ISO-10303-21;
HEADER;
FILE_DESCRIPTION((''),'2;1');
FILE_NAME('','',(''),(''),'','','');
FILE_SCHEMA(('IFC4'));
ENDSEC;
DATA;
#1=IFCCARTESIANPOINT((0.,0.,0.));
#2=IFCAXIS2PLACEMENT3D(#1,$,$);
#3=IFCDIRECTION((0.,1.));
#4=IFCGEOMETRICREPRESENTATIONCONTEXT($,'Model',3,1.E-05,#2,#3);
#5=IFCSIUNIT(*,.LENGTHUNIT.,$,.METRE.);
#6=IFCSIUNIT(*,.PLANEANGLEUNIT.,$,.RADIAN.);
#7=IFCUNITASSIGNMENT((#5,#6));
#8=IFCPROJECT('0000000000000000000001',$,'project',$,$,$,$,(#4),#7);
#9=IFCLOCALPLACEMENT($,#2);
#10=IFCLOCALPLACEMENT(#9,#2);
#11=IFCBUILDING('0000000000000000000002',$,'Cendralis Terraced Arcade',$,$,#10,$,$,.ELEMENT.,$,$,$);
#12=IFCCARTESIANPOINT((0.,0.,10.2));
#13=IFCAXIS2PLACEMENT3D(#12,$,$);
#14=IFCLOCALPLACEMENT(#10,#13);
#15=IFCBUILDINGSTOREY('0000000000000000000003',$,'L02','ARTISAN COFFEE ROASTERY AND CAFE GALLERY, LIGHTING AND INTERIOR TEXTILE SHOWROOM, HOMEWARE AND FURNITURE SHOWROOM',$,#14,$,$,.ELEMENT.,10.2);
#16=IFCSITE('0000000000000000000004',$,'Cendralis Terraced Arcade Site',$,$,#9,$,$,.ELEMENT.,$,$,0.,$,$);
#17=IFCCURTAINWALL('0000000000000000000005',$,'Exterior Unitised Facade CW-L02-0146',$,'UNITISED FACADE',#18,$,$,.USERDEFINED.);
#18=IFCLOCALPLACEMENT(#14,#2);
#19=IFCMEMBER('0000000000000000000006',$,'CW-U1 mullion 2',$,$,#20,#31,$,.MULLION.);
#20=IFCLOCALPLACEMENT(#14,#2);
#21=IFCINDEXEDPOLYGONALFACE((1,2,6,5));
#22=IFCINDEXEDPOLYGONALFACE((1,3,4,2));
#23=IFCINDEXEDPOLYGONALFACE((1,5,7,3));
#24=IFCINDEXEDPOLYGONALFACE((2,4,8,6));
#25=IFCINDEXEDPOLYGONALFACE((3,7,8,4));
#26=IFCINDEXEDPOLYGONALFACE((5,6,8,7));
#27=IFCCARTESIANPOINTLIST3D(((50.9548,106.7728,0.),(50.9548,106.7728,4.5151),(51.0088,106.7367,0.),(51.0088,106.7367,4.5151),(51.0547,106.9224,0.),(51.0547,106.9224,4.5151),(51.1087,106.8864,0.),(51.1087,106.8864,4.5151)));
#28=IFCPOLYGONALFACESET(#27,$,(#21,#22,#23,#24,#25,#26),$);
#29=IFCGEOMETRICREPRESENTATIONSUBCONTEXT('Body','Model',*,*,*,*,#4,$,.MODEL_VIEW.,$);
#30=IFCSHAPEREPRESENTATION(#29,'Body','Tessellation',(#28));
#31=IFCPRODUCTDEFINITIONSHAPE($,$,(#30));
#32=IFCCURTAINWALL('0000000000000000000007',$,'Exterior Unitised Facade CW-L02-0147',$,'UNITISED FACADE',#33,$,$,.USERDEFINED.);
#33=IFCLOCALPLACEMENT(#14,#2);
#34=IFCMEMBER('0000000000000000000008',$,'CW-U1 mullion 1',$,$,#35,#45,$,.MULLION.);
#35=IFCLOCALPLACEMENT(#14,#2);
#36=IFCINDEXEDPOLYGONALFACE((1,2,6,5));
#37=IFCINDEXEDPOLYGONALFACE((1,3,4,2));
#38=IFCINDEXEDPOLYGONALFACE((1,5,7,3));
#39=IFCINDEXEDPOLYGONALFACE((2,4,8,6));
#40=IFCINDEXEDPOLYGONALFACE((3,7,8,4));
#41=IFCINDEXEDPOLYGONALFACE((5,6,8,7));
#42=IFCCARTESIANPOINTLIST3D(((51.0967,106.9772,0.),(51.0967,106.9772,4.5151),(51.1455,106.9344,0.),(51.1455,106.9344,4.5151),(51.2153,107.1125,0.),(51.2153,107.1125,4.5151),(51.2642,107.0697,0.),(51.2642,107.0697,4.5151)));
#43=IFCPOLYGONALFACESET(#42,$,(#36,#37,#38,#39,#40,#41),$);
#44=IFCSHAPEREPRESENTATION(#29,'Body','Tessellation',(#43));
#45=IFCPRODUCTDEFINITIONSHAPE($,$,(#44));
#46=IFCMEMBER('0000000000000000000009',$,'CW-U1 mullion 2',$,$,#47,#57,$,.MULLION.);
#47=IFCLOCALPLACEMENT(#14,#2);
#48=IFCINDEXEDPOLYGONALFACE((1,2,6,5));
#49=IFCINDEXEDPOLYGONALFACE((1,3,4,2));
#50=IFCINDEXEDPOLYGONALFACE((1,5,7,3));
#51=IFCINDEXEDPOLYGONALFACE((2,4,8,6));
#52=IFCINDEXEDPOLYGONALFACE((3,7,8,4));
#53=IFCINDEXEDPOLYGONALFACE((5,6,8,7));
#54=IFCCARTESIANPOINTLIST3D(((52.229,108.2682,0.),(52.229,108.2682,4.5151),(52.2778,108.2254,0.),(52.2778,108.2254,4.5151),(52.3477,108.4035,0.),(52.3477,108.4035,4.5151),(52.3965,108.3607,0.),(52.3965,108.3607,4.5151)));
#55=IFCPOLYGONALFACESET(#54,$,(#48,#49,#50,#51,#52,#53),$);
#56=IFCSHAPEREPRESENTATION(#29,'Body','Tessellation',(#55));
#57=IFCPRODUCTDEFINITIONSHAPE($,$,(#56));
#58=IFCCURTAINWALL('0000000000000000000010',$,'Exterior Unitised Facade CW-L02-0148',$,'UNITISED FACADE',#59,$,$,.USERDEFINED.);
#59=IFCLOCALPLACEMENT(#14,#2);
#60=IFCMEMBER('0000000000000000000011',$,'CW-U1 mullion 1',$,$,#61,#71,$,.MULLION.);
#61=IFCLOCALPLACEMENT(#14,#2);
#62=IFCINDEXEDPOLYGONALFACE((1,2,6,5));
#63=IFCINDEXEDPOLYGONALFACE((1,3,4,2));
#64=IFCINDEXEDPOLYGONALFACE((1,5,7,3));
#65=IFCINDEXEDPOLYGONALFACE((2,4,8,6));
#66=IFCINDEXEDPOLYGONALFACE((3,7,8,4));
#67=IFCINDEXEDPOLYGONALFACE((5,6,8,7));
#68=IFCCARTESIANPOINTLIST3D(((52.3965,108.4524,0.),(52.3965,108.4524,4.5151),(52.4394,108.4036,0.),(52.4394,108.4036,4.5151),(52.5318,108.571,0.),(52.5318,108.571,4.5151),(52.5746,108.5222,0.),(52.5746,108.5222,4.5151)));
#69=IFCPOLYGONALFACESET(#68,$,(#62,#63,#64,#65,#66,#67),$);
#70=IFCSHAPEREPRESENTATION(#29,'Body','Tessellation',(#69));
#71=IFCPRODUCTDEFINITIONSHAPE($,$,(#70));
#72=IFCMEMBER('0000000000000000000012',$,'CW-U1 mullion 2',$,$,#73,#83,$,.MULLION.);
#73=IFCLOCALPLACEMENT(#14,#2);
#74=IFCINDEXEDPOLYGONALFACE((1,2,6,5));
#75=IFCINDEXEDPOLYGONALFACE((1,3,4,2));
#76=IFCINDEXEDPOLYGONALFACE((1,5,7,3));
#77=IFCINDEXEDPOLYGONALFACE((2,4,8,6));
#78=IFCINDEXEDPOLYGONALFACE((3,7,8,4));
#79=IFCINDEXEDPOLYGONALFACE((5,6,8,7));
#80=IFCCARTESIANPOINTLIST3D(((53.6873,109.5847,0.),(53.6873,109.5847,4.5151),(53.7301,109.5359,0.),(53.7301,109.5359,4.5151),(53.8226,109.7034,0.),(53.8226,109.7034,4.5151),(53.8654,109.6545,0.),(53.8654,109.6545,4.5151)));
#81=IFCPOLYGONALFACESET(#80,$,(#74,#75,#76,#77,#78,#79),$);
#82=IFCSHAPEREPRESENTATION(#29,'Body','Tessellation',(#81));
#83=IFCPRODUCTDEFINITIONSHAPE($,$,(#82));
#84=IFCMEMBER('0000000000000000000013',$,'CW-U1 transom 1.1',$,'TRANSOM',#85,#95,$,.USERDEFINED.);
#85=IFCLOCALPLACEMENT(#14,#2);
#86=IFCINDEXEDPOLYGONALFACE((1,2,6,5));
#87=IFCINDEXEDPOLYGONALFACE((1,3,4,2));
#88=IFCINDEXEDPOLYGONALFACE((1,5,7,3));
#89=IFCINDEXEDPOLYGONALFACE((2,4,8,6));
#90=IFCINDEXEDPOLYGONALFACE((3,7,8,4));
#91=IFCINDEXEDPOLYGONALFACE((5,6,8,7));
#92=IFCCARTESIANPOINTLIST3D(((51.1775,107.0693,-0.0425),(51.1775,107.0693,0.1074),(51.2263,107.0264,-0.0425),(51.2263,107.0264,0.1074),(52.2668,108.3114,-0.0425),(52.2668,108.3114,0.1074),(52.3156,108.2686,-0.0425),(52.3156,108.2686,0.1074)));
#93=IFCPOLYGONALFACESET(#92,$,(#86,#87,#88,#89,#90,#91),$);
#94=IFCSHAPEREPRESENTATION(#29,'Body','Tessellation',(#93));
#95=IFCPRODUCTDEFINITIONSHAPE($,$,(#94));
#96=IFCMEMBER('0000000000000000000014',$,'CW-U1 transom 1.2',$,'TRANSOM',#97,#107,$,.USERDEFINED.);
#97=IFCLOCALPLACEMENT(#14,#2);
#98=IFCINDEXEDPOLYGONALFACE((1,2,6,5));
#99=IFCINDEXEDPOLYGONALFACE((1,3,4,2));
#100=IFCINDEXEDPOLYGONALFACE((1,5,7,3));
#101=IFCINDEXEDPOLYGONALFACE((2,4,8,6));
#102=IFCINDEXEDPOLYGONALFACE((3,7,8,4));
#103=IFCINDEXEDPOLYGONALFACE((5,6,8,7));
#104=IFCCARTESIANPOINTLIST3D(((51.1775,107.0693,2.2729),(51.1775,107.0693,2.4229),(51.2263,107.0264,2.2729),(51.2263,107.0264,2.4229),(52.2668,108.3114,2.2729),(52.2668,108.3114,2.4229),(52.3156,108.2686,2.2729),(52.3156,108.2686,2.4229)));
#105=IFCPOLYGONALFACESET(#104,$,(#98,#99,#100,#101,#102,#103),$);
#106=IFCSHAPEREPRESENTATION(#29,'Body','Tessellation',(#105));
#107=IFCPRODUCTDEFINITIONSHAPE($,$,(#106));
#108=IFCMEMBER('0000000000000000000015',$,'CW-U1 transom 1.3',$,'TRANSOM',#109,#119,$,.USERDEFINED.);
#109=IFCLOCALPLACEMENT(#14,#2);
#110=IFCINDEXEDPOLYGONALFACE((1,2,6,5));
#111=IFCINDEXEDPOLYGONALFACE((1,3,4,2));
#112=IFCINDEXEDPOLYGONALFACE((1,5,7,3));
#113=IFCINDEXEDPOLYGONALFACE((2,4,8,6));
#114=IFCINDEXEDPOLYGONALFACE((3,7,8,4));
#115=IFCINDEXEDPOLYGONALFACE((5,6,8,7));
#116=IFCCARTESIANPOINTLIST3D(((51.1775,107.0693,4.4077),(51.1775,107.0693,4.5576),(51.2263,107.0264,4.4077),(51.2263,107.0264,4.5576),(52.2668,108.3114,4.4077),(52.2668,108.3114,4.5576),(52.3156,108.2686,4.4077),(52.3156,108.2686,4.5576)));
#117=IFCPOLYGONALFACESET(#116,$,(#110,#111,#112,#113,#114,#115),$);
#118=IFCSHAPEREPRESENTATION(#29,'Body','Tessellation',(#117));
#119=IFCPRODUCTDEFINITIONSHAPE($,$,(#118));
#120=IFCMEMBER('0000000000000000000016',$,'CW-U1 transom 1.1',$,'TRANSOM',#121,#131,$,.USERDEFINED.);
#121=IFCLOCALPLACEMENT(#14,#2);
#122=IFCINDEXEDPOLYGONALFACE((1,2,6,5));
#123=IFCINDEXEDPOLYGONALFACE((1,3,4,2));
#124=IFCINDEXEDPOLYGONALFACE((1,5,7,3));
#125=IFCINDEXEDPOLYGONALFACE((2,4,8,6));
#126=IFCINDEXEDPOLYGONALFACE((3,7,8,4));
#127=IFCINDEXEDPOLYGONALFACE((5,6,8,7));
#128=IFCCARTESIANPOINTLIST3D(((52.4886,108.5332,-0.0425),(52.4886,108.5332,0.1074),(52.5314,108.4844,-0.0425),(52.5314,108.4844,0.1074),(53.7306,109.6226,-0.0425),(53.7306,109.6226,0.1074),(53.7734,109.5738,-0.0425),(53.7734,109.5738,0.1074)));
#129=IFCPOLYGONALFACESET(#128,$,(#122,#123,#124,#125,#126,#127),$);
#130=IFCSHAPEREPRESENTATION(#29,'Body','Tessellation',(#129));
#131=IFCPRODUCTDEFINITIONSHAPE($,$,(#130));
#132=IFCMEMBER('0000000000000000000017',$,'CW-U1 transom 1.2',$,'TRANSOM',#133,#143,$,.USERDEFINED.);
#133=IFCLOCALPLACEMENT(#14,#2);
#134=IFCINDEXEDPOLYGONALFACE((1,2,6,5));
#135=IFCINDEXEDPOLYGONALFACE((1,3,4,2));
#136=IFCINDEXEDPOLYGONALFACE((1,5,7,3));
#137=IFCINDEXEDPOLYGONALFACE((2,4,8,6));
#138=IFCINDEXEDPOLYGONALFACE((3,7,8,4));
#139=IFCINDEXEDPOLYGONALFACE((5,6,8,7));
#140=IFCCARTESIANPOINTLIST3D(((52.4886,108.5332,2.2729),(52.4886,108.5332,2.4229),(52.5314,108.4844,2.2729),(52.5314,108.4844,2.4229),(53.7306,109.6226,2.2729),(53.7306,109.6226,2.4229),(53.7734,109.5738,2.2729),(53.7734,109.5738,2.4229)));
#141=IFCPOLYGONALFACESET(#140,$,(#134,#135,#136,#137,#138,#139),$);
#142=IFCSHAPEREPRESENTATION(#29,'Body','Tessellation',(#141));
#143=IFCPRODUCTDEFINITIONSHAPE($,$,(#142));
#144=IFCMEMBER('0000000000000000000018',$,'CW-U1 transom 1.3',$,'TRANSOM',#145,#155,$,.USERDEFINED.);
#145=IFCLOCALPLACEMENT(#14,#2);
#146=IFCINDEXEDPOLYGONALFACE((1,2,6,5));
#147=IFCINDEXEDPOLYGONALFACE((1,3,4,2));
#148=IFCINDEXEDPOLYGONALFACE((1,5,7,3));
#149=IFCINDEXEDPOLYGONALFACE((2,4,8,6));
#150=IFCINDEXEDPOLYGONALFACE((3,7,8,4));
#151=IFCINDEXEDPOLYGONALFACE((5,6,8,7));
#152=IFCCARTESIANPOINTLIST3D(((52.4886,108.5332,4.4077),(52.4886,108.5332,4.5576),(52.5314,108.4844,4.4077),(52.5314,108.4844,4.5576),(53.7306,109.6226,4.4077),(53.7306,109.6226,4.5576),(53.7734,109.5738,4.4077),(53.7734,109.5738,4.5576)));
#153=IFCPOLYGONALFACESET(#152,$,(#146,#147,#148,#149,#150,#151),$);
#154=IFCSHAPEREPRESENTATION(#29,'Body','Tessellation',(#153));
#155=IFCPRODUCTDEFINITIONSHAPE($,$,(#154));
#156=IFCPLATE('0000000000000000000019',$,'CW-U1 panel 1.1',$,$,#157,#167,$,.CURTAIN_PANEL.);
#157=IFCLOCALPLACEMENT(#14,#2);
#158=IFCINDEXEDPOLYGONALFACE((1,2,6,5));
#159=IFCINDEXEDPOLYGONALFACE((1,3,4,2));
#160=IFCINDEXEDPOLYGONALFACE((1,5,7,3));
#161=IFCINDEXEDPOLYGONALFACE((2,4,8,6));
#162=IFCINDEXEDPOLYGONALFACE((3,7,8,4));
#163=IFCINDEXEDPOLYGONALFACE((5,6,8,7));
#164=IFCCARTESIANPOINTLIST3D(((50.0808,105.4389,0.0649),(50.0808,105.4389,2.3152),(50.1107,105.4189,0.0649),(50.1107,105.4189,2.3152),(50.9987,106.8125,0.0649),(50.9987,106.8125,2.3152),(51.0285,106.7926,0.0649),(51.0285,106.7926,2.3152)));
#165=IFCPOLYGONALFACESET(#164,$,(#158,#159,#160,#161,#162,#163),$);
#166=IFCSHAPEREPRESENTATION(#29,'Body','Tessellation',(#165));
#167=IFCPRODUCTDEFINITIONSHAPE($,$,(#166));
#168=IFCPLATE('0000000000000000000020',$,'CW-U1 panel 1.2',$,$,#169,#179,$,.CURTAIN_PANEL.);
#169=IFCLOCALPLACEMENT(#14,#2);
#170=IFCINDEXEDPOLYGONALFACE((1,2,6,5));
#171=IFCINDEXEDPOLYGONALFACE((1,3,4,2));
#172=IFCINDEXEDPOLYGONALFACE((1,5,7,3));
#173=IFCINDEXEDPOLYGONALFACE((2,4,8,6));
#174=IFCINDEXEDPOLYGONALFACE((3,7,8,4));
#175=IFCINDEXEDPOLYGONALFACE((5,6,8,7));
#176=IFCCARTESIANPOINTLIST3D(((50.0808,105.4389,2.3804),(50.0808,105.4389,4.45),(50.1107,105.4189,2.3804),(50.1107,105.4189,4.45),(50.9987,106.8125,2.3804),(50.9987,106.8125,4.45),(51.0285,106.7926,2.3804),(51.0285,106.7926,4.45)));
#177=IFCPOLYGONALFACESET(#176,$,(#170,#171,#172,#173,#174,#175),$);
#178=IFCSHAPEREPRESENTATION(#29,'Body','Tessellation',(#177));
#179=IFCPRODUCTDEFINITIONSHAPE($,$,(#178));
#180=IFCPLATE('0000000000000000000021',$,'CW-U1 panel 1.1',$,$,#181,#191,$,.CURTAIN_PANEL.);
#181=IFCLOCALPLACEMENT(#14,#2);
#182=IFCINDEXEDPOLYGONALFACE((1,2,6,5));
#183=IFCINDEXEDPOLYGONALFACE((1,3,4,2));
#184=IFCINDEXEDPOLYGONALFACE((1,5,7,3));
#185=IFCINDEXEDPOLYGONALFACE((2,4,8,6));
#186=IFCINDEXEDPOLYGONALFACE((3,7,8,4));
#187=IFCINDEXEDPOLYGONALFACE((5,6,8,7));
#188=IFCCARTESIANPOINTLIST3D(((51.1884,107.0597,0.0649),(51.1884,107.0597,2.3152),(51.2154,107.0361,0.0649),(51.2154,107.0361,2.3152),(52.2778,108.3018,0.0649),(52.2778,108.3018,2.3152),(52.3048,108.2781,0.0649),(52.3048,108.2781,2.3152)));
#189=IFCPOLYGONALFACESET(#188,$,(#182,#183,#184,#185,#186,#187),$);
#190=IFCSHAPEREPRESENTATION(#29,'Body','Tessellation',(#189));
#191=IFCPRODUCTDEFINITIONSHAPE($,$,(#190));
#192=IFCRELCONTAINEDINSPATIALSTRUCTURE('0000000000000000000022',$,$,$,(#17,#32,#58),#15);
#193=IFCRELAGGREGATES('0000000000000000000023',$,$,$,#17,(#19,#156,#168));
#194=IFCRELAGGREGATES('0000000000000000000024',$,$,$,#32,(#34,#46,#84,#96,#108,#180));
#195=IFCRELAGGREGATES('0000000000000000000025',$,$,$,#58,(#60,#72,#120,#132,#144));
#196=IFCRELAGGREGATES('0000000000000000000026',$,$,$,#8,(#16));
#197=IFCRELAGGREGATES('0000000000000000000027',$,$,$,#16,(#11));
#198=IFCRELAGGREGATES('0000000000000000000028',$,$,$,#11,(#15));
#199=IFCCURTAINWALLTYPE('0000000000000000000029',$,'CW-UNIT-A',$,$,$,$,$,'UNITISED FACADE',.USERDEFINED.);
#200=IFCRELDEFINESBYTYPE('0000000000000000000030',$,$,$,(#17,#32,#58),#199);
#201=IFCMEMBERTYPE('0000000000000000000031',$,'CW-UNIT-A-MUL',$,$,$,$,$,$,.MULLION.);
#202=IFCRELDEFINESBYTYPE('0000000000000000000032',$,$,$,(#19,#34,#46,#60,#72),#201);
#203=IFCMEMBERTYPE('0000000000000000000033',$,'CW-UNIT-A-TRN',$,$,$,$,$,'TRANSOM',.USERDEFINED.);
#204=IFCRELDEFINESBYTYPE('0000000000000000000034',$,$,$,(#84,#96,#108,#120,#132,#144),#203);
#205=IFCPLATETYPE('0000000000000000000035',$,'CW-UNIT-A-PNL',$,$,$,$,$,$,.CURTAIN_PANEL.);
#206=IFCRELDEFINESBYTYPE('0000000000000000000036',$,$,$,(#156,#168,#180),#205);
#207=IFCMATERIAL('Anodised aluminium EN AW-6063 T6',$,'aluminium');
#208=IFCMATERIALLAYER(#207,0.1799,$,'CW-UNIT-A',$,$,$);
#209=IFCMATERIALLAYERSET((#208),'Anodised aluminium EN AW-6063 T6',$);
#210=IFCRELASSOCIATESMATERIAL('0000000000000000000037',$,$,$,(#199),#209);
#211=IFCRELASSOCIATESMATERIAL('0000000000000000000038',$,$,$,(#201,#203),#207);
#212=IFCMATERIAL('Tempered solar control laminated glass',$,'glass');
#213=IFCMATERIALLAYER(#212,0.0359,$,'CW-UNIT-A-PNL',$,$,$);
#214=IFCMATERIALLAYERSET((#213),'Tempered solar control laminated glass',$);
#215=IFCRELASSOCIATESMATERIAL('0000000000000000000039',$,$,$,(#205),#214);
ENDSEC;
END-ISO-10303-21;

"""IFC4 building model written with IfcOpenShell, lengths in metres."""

from ifc_helpers import new_model, si_unit, direction, frame, origin, origin_2d, place, context, subcontext, project, spatial, rectangle, extrude, material, layer, layer_set, material_profile, profile_set, type_object, element, aggregate, save


model = new_model("IFC4")

# Units and contexts
model_context = context("Model", 3, precision=1e-05, world=origin(), true_north=direction((0.0, 1.0)))
body_context = subcontext(model_context, "Body", "Model", "MODEL_VIEW")
ifc_project = project(units=[si_unit("LENGTHUNIT", "METRE"), si_unit("PLANEANGLEUNIT", "RADIAN")], contexts=[model_context])

# Site, building, storey
site_placement = place(None, origin())
site = spatial("IfcSite", under=ifc_project, at=site_placement, Name="Cendralis Terraced Arcade Site", CompositionType="ELEMENT", RefElevation=0.0)
building_placement = place(site_placement, origin())
building = spatial("IfcBuilding", under=site, at=building_placement, Name="Cendralis Terraced Arcade", CompositionType="ELEMENT")
storey_placement = place(building_placement, frame((0.0, 0.0, 10.2)))
storey = spatial("IfcBuildingStorey", under=building, at=storey_placement, Name="L02", Description="ARTISAN COFFEE ROASTERY AND CAFE GALLERY, LIGHTING AND INTERIOR TEXTILE SHOWROOM, HOMEWARE AND FURNITURE SHOWROOM", CompositionType="ELEMENT", Elevation=10.2)

# Curtain wall, member
ifc_material_1 = material(Name="Anodised aluminium EN AW-6063 T6", Category="aluminium")
ifc_layer_1 = layer(ifc_material_1, 0.1799, Name="CW-UNIT-A")
ifc_layer_set_1 = layer_set([ifc_layer_1], Name="Anodised aluminium EN AW-6063 T6")
curtain_wall_type = type_object("IfcCurtainWallType", Name="CW-UNIT-A", ElementType="UNITISED FACADE", PredefinedType="USERDEFINED", material=ifc_layer_set_1)
curtain_wall_1_placement = place(storey_placement, origin())
curtain_wall_1 = element("IfcCurtainWall", 1, at=curtain_wall_1_placement, inside=storey, type_object=curtain_wall_type, Name="Exterior Unitised Facade CW-L02-0146", ObjectType="UNITISED FACADE", PredefinedType="USERDEFINED")
ifc_material_profile_1 = material_profile(ifc_material_1, rectangle(XDim=0.0649, YDim=0.1799, at=origin_2d()), Name="ALU-MUL-65x180")
ifc_profile_set_1 = profile_set([ifc_material_profile_1], Name="Anodised aluminium EN AW-6063 T6")
member_type_1 = type_object("IfcMemberType", Name="CW-UNIT-A-MUL", PredefinedType="MULLION", material=ifc_profile_set_1)
member_1_placement = place(storey_placement, frame((51.0317, 106.8296, 0.0), z_axis=(0.0, 0.0, 1.0), x_axis=(-0.831471, 0.555567, 0.0)))
member_1 = element("IfcMember", 2, at=member_1_placement, type_object=member_type_1, Name="CW-U1 mullion 2", PredefinedType="MULLION", context=body_context, shape_type="SweptSolid", body=[
    extrude(rectangle(XDim=0.0649, YDim=0.1799, at=origin_2d()), origin(), (0.0, 0.0, 1.0), 4.5151),
])

# Curtain walls, members
curtain_wall_2_placement = place(storey_placement, origin())
curtain_wall_2 = element("IfcCurtainWall", 3, at=curtain_wall_2_placement, inside=storey, type_object=curtain_wall_type, Name="Exterior Unitised Facade CW-L02-0147", ObjectType="UNITISED FACADE", PredefinedType="USERDEFINED")
member_2_placement = place(storey_placement, frame((51.1804, 107.0234, 0.0), z_axis=(0.0, 0.0, 1.0), x_axis=(-0.751804, 0.659386, 0.0)))
member_2 = element("IfcMember", 4, at=member_2_placement, type_object=member_type_1, Name="CW-U1 mullion 1", PredefinedType="MULLION", context=body_context, shape_type="SweptSolid", body=[
    extrude(rectangle(XDim=0.0649, YDim=0.1799, at=origin_2d()), origin(), (0.0, 0.0, 1.0), 4.5151),
])
member_3_placement = place(storey_placement, frame((52.3127, 108.3145, 0.0), z_axis=(0.0, 0.0, 1.0), x_axis=(-0.751804, 0.659386, 0.0)))
member_3 = element("IfcMember", 5, at=member_3_placement, type_object=member_type_1, Name="CW-U1 mullion 2", PredefinedType="MULLION", context=body_context, shape_type="SweptSolid", body=[
    extrude(rectangle(XDim=0.0649, YDim=0.1799, at=origin_2d()), origin(), (0.0, 0.0, 1.0), 4.5151),
])
curtain_wall_3_placement = place(storey_placement, origin())
curtain_wall_3 = element("IfcCurtainWall", 6, at=curtain_wall_3_placement, inside=storey, type_object=curtain_wall_type, Name="Exterior Unitised Facade CW-L02-0148", ObjectType="UNITISED FACADE", PredefinedType="USERDEFINED")
member_4_placement = place(storey_placement, frame((52.4856, 108.4873, 0.0), z_axis=(0.0, 0.0, 1.0), x_axis=(-0.659386, 0.751804, 0.0)))
member_4 = element("IfcMember", 7, at=member_4_placement, type_object=member_type_1, Name="CW-U1 mullion 1", PredefinedType="MULLION", context=body_context, shape_type="SweptSolid", body=[
    extrude(rectangle(XDim=0.0649, YDim=0.1799, at=origin_2d()), origin(), (0.0, 0.0, 1.0), 4.5151),
])
member_5_placement = place(storey_placement, frame((53.7764, 109.6196, 0.0), z_axis=(0.0, 0.0, 1.0), x_axis=(-0.659386, 0.751804, 0.0)))
member_5 = element("IfcMember", 8, at=member_5_placement, type_object=member_type_1, Name="CW-U1 mullion 2", PredefinedType="MULLION", context=body_context, shape_type="SweptSolid", body=[
    extrude(rectangle(XDim=0.0649, YDim=0.1799, at=origin_2d()), origin(), (0.0, 0.0, 1.0), 4.5151),
])

# Members
ifc_material_profile_2 = material_profile(ifc_material_1, rectangle(XDim=0.0649, YDim=0.1499, at=origin_2d()), Name="ALU-TRN-65x150")
ifc_profile_set_2 = profile_set([ifc_material_profile_2], Name="Anodised aluminium EN AW-6063 T6")
member_type_2 = type_object("IfcMemberType", Name="CW-UNIT-A-TRN", ElementType="TRANSOM", PredefinedType="USERDEFINED", material=ifc_profile_set_2)
member_6_placement = place(storey_placement, frame((51.2019, 107.0479, 0.0325), z_axis=(0.659341, 0.751844, 0.0), x_axis=(-0.751844, 0.659341, 0.0)))
member_6 = element("IfcMember", 9, at=member_6_placement, type_object=member_type_2, Name="CW-U1 transom 1.1", ObjectType="TRANSOM", PredefinedType="USERDEFINED", context=body_context, shape_type="SweptSolid", body=[
    extrude(rectangle(XDim=0.0649, YDim=0.1499, at=origin_2d()), origin(), (0.0, 0.0, 1.0), 1.6521),
])
member_7_placement = place(storey_placement, frame((51.2019, 107.0479, 2.3479), z_axis=(0.659341, 0.751844, 0.0), x_axis=(-0.751844, 0.659341, 0.0)))
member_7 = element("IfcMember", 10, at=member_7_placement, type_object=member_type_2, Name="CW-U1 transom 1.2", ObjectType="TRANSOM", PredefinedType="USERDEFINED", context=body_context, shape_type="SweptSolid", body=[
    extrude(rectangle(XDim=0.0649, YDim=0.1499, at=origin_2d()), origin(), (0.0, 0.0, 1.0), 1.6521),
])
member_8_placement = place(storey_placement, frame((51.2019, 107.0479, 4.4827), z_axis=(0.659341, 0.751844, 0.0), x_axis=(-0.751844, 0.659341, 0.0)))
member_8 = element("IfcMember", 11, at=member_8_placement, type_object=member_type_2, Name="CW-U1 transom 1.3", ObjectType="TRANSOM", PredefinedType="USERDEFINED", context=body_context, shape_type="SweptSolid", body=[
    extrude(rectangle(XDim=0.0649, YDim=0.1499, at=origin_2d()), origin(), (0.0, 0.0, 1.0), 1.6521),
])
member_9_placement = place(storey_placement, frame((52.51, 108.5088, 0.0325), z_axis=(0.75178, 0.659414, 0.0), x_axis=(-0.659414, 0.75178, 0.0)))
member_9 = element("IfcMember", 12, at=member_9_placement, type_object=member_type_2, Name="CW-U1 transom 1.1", ObjectType="TRANSOM", PredefinedType="USERDEFINED", context=body_context, shape_type="SweptSolid", body=[
    extrude(rectangle(XDim=0.0649, YDim=0.1499, at=origin_2d()), origin(), (0.0, 0.0, 1.0), 1.6521),
])
member_10_placement = place(storey_placement, frame((52.51, 108.5088, 2.3479), z_axis=(0.75178, 0.659414, 0.0), x_axis=(-0.659414, 0.75178, 0.0)))
member_10 = element("IfcMember", 13, at=member_10_placement, type_object=member_type_2, Name="CW-U1 transom 1.2", ObjectType="TRANSOM", PredefinedType="USERDEFINED", context=body_context, shape_type="SweptSolid", body=[
    extrude(rectangle(XDim=0.0649, YDim=0.1499, at=origin_2d()), origin(), (0.0, 0.0, 1.0), 1.6521),
])
member_11_placement = place(storey_placement, frame((52.51, 108.5088, 4.4827), z_axis=(0.75178, 0.659414, 0.0), x_axis=(-0.659414, 0.75178, 0.0)))
member_11 = element("IfcMember", 14, at=member_11_placement, type_object=member_type_2, Name="CW-U1 transom 1.3", ObjectType="TRANSOM", PredefinedType="USERDEFINED", context=body_context, shape_type="SweptSolid", body=[
    extrude(rectangle(XDim=0.0649, YDim=0.1499, at=origin_2d()), origin(), (0.0, 0.0, 1.0), 1.6521),
])

# Plates
ifc_material_2 = material(Name="Tempered solar control laminated glass", Category="glass")
ifc_layer_2 = layer(ifc_material_2, 0.0359, Name="CW-UNIT-A-PNL")
ifc_layer_set_2 = layer_set([ifc_layer_2], Name="Tempered solar control laminated glass")
plate_type = type_object("IfcPlateType", Name="CW-UNIT-A-PNL", PredefinedType="CURTAIN_PANEL", material=ifc_layer_set_2)
plate_1_placement = place(storey_placement, frame((50.5547, 106.1157, 0.0649), z_axis=(0.0, 0.0, 1.0), x_axis=(0.555567, 0.831471, 0.0)))
plate_1 = element("IfcPlate", 15, at=plate_1_placement, type_object=plate_type, Name="CW-U1 panel 1.1", PredefinedType="CURTAIN_PANEL", context=body_context, shape_type="SweptSolid", body=[
    extrude(rectangle(XDim=1.6521, YDim=0.0359, at=origin_2d()), origin(), (0.0, 0.0, 1.0), 2.2502),
])
plate_2_placement = place(storey_placement, frame((50.5547, 106.1157, 2.3804), z_axis=(0.0, 0.0, 1.0), x_axis=(0.555567, 0.831471, 0.0)))
plate_2 = element("IfcPlate", 16, at=plate_2_placement, type_object=plate_type, Name="CW-U1 panel 1.2", PredefinedType="CURTAIN_PANEL", context=body_context, shape_type="SweptSolid", body=[
    extrude(rectangle(XDim=1.6521, YDim=0.0359, at=origin_2d()), origin(), (0.0, 0.0, 1.0), 2.0696),
])
aggregate(curtain_wall_1, [member_1, plate_1, plate_2])
plate_3_placement = place(storey_placement, frame((51.7466, 107.6689, 0.0649), z_axis=(0.0, 0.0, 1.0), x_axis=(0.659386, 0.751804, 0.0)))
plate_3 = element("IfcPlate", 17, at=plate_3_placement, type_object=plate_type, Name="CW-U1 panel 1.1", PredefinedType="CURTAIN_PANEL", context=body_context, shape_type="SweptSolid", body=[
    extrude(rectangle(XDim=1.6521, YDim=0.0359, at=origin_2d()), origin(), (0.0, 0.0, 1.0), 2.2502),
])
aggregate(curtain_wall_2, [member_2, member_3, member_6, member_7, member_8, plate_3])
aggregate(curtain_wall_3, [member_4, member_5, member_9, member_10, member_11])

save(model, "model.ifc")
